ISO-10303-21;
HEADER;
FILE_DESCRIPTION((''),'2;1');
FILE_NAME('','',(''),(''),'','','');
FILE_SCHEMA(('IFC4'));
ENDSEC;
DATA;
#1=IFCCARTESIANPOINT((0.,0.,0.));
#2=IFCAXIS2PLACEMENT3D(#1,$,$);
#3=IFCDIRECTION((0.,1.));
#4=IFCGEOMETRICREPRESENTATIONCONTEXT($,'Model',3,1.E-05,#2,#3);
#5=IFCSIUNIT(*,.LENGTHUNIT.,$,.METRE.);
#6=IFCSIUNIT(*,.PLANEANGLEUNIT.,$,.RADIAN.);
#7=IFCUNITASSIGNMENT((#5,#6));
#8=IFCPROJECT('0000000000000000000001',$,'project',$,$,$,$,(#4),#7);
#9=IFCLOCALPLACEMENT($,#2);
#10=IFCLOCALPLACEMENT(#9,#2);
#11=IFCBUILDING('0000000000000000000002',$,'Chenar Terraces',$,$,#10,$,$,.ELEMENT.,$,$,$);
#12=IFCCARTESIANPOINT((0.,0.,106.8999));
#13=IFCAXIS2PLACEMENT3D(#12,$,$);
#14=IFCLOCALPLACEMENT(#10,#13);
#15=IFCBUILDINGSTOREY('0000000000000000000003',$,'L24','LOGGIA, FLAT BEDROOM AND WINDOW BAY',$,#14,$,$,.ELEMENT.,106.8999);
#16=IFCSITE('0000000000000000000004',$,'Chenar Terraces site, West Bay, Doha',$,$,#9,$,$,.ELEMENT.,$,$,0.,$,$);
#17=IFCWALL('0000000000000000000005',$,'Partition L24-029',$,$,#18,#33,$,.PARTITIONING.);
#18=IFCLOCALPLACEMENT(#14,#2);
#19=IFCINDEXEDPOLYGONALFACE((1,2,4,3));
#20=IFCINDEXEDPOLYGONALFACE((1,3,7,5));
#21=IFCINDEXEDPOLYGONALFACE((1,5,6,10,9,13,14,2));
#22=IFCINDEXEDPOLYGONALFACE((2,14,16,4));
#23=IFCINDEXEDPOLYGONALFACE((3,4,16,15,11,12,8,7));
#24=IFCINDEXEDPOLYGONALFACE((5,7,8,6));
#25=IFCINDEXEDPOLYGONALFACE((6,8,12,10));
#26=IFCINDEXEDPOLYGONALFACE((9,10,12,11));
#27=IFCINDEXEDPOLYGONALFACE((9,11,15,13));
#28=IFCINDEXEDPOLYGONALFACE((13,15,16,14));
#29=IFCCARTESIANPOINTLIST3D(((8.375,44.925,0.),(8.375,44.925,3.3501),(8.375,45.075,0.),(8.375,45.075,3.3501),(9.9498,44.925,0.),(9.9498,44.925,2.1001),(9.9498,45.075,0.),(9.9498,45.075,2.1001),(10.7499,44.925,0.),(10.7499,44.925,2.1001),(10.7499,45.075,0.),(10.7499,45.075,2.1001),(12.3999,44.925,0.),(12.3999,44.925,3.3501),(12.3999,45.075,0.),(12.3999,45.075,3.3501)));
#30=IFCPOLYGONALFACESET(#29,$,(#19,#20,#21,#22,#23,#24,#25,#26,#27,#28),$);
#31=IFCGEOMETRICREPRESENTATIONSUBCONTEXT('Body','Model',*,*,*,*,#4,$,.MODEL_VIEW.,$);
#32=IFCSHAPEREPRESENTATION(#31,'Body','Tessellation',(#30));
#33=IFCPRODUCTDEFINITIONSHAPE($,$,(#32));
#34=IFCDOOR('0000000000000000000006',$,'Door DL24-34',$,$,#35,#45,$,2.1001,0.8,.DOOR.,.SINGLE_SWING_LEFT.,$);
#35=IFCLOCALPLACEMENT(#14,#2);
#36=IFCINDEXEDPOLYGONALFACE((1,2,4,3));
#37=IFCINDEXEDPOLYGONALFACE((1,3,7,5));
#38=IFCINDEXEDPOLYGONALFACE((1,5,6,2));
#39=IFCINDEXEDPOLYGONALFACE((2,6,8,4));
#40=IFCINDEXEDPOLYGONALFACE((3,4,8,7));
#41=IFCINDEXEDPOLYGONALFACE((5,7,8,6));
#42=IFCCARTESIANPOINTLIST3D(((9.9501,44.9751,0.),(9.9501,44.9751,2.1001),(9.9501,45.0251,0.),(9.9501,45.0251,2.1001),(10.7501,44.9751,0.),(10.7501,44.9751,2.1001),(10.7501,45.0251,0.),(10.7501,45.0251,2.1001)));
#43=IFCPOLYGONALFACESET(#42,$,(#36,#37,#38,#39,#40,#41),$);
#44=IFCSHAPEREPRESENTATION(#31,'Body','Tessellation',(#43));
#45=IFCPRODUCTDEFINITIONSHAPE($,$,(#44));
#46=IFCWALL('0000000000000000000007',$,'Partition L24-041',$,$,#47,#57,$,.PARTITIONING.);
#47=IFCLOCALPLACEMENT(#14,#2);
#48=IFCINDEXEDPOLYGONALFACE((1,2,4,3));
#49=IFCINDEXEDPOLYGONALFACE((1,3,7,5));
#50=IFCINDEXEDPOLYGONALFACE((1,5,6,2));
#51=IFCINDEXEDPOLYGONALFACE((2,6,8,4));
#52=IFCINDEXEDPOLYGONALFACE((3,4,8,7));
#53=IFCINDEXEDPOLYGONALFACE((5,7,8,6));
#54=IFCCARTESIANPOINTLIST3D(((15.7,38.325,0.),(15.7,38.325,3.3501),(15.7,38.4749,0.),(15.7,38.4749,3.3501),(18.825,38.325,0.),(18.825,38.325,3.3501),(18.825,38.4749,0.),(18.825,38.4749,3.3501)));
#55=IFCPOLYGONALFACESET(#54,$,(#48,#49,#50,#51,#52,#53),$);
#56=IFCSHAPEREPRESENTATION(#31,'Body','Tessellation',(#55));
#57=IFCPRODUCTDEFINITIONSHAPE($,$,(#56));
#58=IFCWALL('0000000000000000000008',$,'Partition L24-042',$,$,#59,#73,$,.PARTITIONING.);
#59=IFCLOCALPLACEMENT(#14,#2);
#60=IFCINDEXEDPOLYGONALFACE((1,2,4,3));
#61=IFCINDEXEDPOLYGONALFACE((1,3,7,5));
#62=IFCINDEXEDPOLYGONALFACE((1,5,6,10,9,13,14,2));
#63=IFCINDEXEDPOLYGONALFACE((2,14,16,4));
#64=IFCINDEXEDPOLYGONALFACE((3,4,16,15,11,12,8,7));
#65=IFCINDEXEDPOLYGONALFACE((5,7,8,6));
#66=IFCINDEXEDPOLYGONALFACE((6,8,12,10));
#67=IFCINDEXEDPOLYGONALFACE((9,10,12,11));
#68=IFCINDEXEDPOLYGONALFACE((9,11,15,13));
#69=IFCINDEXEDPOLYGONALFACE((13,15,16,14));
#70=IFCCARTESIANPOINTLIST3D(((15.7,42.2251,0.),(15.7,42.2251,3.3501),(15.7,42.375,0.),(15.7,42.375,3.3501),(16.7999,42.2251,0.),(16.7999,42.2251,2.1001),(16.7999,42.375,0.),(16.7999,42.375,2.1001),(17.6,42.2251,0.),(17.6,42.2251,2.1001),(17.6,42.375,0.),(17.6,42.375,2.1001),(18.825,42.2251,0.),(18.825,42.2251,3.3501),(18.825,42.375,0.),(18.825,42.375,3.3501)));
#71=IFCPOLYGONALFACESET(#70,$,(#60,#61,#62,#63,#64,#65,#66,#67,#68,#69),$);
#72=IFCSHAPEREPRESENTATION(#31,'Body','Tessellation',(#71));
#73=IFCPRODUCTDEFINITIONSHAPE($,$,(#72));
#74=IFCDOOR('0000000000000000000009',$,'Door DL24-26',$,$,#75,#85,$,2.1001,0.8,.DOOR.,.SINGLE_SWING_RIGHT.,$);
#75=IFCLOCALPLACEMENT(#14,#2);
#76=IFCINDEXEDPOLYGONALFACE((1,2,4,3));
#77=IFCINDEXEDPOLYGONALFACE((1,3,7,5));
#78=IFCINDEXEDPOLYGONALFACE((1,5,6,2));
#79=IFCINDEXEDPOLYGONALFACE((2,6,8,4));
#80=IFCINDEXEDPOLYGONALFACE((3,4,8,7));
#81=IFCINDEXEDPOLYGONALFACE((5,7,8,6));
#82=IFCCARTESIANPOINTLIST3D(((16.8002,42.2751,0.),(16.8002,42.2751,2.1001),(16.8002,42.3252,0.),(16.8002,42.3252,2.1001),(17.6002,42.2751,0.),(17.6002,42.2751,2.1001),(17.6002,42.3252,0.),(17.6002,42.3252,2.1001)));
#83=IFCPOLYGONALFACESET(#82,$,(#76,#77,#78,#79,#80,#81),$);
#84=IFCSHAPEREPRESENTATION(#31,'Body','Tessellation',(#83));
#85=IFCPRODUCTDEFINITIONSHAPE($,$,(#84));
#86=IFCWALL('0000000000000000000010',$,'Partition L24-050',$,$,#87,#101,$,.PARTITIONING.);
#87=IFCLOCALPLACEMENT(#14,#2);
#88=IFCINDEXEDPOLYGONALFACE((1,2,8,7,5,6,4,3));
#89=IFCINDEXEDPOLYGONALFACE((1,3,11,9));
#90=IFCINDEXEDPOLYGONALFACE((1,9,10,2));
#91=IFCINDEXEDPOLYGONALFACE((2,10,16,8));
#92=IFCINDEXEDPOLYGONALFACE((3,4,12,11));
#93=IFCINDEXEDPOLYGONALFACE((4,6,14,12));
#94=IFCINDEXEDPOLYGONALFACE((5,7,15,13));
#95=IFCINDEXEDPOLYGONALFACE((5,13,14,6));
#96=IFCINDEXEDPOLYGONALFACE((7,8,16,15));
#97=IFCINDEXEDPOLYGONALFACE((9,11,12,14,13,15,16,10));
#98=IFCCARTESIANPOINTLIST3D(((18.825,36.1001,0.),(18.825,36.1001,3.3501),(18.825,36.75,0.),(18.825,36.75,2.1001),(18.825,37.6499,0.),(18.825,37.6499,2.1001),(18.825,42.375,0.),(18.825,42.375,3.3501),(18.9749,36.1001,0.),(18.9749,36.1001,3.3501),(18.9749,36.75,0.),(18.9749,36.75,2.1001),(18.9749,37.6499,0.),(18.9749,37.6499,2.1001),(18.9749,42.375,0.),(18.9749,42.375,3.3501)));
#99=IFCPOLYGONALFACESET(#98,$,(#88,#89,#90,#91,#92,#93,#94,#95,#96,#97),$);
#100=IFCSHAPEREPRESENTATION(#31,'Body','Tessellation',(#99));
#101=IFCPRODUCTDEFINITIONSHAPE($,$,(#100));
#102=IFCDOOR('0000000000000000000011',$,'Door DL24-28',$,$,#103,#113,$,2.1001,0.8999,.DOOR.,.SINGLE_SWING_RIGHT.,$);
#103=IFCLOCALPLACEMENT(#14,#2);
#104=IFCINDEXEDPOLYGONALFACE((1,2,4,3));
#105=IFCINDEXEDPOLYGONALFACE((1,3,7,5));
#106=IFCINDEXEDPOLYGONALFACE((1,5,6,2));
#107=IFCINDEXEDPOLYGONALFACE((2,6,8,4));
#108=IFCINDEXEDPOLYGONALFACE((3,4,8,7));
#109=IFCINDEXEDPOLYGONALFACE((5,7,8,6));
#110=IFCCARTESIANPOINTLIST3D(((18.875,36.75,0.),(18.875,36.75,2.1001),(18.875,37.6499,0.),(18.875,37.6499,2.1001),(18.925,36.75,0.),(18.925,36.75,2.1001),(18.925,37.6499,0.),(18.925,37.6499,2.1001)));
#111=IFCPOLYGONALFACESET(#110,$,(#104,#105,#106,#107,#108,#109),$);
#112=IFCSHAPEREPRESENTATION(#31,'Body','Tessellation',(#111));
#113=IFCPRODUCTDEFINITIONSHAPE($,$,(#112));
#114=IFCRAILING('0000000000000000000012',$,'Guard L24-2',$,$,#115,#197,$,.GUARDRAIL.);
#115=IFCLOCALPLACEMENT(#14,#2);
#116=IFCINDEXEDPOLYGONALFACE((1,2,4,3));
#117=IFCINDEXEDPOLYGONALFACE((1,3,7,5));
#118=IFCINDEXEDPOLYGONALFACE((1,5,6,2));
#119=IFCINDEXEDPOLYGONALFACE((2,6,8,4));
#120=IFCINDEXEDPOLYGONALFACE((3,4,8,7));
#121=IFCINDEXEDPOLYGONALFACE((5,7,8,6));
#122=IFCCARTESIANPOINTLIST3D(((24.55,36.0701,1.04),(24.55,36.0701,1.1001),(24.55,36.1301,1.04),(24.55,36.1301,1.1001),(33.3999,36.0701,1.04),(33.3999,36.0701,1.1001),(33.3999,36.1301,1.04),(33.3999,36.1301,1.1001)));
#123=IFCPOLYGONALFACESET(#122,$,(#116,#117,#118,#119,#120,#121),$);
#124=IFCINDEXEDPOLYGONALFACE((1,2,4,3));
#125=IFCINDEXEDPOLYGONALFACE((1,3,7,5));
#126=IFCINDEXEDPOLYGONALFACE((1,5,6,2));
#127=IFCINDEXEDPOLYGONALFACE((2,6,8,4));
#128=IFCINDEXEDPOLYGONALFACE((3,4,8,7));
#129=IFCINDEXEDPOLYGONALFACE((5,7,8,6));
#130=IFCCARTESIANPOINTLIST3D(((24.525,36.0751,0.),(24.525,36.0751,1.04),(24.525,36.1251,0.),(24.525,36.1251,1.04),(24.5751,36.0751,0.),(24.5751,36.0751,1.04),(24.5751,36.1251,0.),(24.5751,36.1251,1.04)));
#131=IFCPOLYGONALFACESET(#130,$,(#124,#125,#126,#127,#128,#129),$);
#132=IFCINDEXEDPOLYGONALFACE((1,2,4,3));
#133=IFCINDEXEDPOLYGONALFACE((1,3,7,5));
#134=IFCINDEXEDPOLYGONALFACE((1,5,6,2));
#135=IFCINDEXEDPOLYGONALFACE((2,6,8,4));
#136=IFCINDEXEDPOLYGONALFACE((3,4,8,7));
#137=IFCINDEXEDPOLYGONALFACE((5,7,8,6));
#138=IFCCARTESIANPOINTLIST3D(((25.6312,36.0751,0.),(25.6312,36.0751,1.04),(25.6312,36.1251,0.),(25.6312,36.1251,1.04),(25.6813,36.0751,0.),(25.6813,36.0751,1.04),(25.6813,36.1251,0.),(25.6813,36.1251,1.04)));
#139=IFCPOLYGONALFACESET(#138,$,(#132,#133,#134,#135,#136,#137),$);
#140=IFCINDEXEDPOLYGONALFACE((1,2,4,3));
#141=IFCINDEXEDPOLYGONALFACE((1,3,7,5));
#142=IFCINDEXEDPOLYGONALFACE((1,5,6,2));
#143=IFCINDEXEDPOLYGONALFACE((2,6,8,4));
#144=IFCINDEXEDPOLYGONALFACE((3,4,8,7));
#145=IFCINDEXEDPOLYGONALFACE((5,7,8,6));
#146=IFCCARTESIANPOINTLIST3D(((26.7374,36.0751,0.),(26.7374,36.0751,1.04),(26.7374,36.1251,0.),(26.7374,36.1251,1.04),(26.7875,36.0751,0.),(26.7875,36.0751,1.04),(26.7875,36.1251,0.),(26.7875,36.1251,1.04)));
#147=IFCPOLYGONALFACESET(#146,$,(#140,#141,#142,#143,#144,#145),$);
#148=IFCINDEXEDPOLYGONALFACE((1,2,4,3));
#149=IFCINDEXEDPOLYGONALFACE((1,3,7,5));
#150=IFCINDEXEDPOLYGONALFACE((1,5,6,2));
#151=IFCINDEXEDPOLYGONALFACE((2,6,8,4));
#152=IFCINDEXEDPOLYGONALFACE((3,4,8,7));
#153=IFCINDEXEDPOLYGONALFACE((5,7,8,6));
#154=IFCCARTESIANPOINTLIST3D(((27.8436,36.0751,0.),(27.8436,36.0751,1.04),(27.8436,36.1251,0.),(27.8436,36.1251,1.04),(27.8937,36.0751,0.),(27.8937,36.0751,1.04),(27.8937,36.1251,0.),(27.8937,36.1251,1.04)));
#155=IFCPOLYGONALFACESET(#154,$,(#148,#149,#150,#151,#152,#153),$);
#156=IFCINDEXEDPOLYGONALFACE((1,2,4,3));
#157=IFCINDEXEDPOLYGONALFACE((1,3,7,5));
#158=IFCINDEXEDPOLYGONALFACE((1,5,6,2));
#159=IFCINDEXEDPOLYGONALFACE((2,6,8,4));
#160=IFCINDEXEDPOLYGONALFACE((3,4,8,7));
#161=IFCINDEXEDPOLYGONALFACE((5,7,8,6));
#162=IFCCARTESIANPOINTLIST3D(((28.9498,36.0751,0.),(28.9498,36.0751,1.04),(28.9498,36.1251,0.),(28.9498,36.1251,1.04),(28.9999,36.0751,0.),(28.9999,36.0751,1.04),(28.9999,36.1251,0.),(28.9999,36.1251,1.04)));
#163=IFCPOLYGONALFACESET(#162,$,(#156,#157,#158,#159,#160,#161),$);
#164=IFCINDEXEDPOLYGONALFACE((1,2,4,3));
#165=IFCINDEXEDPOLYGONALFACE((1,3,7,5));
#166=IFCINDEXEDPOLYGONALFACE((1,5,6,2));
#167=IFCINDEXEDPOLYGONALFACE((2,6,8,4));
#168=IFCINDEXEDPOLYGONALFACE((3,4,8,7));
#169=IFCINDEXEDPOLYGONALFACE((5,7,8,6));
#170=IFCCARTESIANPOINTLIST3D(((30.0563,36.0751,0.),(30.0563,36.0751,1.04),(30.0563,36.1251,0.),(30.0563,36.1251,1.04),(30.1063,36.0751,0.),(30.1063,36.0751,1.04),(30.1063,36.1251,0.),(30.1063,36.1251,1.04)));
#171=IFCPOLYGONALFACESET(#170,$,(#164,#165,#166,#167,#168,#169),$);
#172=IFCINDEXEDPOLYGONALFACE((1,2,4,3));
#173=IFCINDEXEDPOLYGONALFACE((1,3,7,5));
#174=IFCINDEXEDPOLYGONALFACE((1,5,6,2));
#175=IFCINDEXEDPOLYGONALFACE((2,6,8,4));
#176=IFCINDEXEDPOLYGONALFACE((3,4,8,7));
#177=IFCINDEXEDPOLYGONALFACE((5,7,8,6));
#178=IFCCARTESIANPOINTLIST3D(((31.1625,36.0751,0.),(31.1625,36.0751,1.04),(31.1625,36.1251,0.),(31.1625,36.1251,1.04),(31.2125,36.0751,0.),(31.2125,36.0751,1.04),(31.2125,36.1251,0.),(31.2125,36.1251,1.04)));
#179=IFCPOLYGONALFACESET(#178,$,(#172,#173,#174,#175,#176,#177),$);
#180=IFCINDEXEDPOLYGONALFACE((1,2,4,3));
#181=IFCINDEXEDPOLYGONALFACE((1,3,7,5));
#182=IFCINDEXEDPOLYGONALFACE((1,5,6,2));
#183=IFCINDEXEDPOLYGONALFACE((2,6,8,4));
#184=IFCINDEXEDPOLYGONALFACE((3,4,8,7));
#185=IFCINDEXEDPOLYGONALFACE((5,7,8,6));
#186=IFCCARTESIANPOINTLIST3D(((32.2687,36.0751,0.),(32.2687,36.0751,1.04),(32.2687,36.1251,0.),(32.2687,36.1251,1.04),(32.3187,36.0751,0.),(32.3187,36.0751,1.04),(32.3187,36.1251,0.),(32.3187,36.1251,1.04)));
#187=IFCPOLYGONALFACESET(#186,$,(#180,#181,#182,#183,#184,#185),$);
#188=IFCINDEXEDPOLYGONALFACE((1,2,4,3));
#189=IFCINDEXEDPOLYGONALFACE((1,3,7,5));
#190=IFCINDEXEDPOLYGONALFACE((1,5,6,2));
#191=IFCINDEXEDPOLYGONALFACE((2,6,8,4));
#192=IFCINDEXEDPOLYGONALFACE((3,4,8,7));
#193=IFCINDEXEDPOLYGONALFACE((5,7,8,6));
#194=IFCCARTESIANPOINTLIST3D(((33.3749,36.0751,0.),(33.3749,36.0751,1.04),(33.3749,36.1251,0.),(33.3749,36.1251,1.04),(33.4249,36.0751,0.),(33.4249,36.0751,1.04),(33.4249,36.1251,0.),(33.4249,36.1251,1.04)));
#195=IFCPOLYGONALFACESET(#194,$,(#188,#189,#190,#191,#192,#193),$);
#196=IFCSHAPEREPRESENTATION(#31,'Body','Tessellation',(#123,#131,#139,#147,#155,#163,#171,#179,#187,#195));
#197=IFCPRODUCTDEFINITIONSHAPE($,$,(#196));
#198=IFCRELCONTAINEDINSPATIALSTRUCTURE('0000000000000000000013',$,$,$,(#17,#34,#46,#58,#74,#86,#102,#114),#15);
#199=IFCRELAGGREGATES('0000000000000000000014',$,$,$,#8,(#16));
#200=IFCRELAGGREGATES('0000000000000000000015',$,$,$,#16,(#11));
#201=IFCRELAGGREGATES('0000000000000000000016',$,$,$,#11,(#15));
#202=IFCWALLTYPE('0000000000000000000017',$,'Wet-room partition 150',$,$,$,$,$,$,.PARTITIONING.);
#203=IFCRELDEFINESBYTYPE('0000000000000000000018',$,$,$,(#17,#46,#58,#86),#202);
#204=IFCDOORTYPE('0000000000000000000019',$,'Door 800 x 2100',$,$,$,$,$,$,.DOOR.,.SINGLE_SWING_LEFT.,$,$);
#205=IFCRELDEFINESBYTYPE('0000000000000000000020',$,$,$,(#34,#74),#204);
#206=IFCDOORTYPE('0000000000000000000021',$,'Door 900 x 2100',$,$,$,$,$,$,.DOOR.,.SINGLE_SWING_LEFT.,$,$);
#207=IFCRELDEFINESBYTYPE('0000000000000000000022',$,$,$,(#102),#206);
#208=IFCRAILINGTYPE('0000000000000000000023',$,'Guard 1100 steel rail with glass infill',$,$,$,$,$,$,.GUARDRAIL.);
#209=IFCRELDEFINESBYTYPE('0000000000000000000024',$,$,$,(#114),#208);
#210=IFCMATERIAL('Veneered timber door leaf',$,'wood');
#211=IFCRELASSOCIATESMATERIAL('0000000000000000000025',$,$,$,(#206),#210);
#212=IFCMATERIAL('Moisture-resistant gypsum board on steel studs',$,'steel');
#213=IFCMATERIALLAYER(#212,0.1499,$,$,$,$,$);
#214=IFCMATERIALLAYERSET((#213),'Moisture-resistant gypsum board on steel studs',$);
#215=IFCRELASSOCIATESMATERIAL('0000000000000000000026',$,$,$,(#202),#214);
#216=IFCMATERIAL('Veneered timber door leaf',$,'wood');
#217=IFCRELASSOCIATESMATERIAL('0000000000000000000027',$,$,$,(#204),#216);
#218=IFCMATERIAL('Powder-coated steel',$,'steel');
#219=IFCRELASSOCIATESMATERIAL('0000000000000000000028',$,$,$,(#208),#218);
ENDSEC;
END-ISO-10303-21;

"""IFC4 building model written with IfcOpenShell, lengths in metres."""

from ifc_helpers import new_model, si_unit, direction, frame, frame_2d, origin, origin_2d, place, context, subcontext, project, spatial, rectangle, extrude, material, layer, layer_set, type_object, element, fill, save


model = new_model("IFC4")

# Units and contexts
model_context = context("Model", 3, precision=1e-05, world=origin(), true_north=direction((0.0, 1.0)))
body_context = subcontext(model_context, "Body", "Model", "MODEL_VIEW")
ifc_project = project(units=[si_unit("LENGTHUNIT", "METRE"), si_unit("PLANEANGLEUNIT", "RADIAN")], contexts=[model_context])

# Site, building, storey
site_placement = place(None, origin())
site = spatial("IfcSite", under=ifc_project, at=site_placement, Name="Chenar Terraces site, West Bay, Doha", CompositionType="ELEMENT", RefElevation=0.0)
building_placement = place(site_placement, origin())
building = spatial("IfcBuilding", under=site, at=building_placement, Name="Chenar Terraces", CompositionType="ELEMENT")
storey_placement = place(building_placement, frame((0.0, 0.0, 106.8999)))
storey = spatial("IfcBuildingStorey", under=building, at=storey_placement, Name="L24", Description="LOGGIA, FLAT BEDROOM AND WINDOW BAY", CompositionType="ELEMENT", Elevation=106.8999)

# Shared definitions
ifc_material_1 = material(Name="Veneered timber door leaf", Category="wood")
door_type_1 = type_object("IfcDoorType", Name="Door 900 x 2100", OperationType="SINGLE_SWING_LEFT", PredefinedType="DOOR", material=ifc_material_1)

# Shared definitions
ifc_material_2 = material(Name="Moisture-resistant gypsum board on steel studs", Category="steel")
ifc_layer_1 = layer(ifc_material_2, 0.1499)
ifc_layer_set_1 = layer_set([ifc_layer_1], Name="Moisture-resistant gypsum board on steel studs")
wall_type_1 = type_object("IfcWallType", Name="Wet-room partition 150", PredefinedType="PARTITIONING", material=ifc_layer_set_1)

# Wall, opening, door
wall_1_placement = place(storey_placement, frame((8.375, 45.0, 0.0), z_axis=(0.0, 0.0, 1.0), x_axis=(1.0, 0.0, 0.0)))
wall_1 = element("IfcWall", 1, at=wall_1_placement, inside=storey, type_object=wall_type_1, Name="Partition L24-029", PredefinedType="PARTITIONING", context=body_context, shape_type="SweptSolid", body=[
    extrude(rectangle(XDim=4.0249, YDim=0.1499, at=frame_2d((2.0125, 0.0))), origin(), (0.0, 0.0, 1.0), 3.3501),
])
opening_1_placement = place(wall_1_placement, frame((1.575, 0.0, 0.0)))
opening_1 = element("IfcOpeningElement", 2, at=opening_1_placement, cuts=wall_1, PredefinedType="OPENING", context=body_context, shape_type="SweptSolid", body=[
    extrude(rectangle(XDim=0.8, YDim=2.1001, at=frame_2d((0.3999, 1.05))), frame((0.0, 0.085, 0.0), z_axis=(0.0, -1.0, 0.0), x_axis=(1.0, 0.0, 0.0)), (0.0, 0.0, 1.0), 0.1699),
])
ifc_material_3 = material(Name="Veneered timber door leaf", Category="wood")
door_type_2 = type_object("IfcDoorType", Name="Door 800 x 2100", OperationType="SINGLE_SWING_LEFT", PredefinedType="DOOR", material=ifc_material_3)
door_1_placement = place(opening_1_placement, frame((0.8, 0.0, 0.0), z_axis=(0.0, 0.0, 1.0), x_axis=(-1.0, 0.0, 0.0)))
door_1 = element("IfcDoor", 3, at=door_1_placement, inside=storey, type_object=door_type_2, Name="Door DL24-34", OperationType="SINGLE_SWING_LEFT", OverallHeight=2.1001, OverallWidth=0.8, PredefinedType="DOOR", context=body_context, shape_type="SweptSolid", body=[
    extrude(rectangle(XDim=0.8, YDim=2.1001, at=frame_2d((0.3999, 1.05))), frame((0.0, 0.0249, 0.0), z_axis=(0.0, -1.0, 0.0), x_axis=(1.0, 0.0, 0.0)), (0.0, 0.0, 1.0), 0.05),
])
fill(opening_1, door_1)

# Wall
wall_2_placement = place(storey_placement, frame((15.7, 38.3999, 0.0), z_axis=(0.0, 0.0, 1.0), x_axis=(1.0, 0.0, 0.0)))
element("IfcWall", 4, at=wall_2_placement, inside=storey, type_object=wall_type_1, Name="Partition L24-041", PredefinedType="PARTITIONING", context=body_context, shape_type="SweptSolid", body=[
    extrude(rectangle(XDim=3.125, YDim=0.1499, at=frame_2d((1.5625, 0.0))), origin(), (0.0, 0.0, 1.0), 3.3501),
])

# Walls, openings, doors
wall_3_placement = place(storey_placement, frame((15.7, 42.3, 0.0), z_axis=(0.0, 0.0, 1.0), x_axis=(1.0, 0.0, 0.0)))
wall_3 = element("IfcWall", 5, at=wall_3_placement, inside=storey, type_object=wall_type_1, Name="Partition L24-042", PredefinedType="PARTITIONING", context=body_context, shape_type="SweptSolid", body=[
    extrude(rectangle(XDim=3.125, YDim=0.1499, at=frame_2d((1.5625, 0.0))), origin(), (0.0, 0.0, 1.0), 3.3501),
])
opening_2_placement = place(wall_3_placement, frame((1.1001, 0.0, 0.0)))
opening_2 = element("IfcOpeningElement", 6, at=opening_2_placement, cuts=wall_3, PredefinedType="OPENING", context=body_context, shape_type="SweptSolid", body=[
    extrude(rectangle(XDim=0.8, YDim=2.1001, at=frame_2d((0.3999, 1.05))), frame((0.0, 0.085, 0.0), z_axis=(0.0, -1.0, 0.0), x_axis=(1.0, 0.0, 0.0)), (0.0, 0.0, 1.0), 0.1699),
])
door_2_placement = place(opening_2_placement, frame((0.8, 0.0, 0.0), z_axis=(0.0, 0.0, 1.0), x_axis=(-1.0, 0.0, 0.0)))
door_2 = element("IfcDoor", 7, at=door_2_placement, inside=storey, type_object=door_type_2, Name="Door DL24-26", OperationType="SINGLE_SWING_RIGHT", OverallHeight=2.1001, OverallWidth=0.8, PredefinedType="DOOR", context=body_context, shape_type="SweptSolid", body=[
    extrude(rectangle(XDim=0.8, YDim=2.1001, at=frame_2d((0.3999, 1.05))), frame((0.0, 0.0249, 0.0), z_axis=(0.0, -1.0, 0.0), x_axis=(1.0, 0.0, 0.0)), (0.0, 0.0, 1.0), 0.05),
])
fill(opening_2, door_2)
wall_4_placement = place(storey_placement, frame((18.8999, 36.1001, 0.0), z_axis=(0.0, 0.0, 1.0), x_axis=(0.0, 1.0, 0.0)))
wall_4 = element("IfcWall", 8, at=wall_4_placement, inside=storey, type_object=wall_type_1, Name="Partition L24-050", PredefinedType="PARTITIONING", context=body_context, shape_type="SweptSolid", body=[
    extrude(rectangle(XDim=6.2749, YDim=0.1499, at=frame_2d((3.1375, 0.0))), origin(), (0.0, 0.0, 1.0), 3.3501),
])
opening_3_placement = place(wall_4_placement, frame((0.6499, 0.0, 0.0)))
opening_3 = element("IfcOpeningElement", 9, at=opening_3_placement, cuts=wall_4, PredefinedType="OPENING", context=body_context, shape_type="SweptSolid", body=[
    extrude(rectangle(XDim=0.8999, YDim=2.1001, at=frame_2d((0.45, 1.05))), frame((0.0, 0.085, 0.0), z_axis=(0.0, -1.0, 0.0), x_axis=(1.0, 0.0, 0.0)), (0.0, 0.0, 1.0), 0.1699),
])
door_3_placement = place(opening_3_placement, origin())
door_3 = element("IfcDoor", 10, at=door_3_placement, inside=storey, type_object=door_type_1, Name="Door DL24-28", OperationType="SINGLE_SWING_RIGHT", OverallHeight=2.1001, OverallWidth=0.8999, PredefinedType="DOOR", context=body_context, shape_type="SweptSolid", body=[
    extrude(rectangle(XDim=0.8999, YDim=2.1001, at=frame_2d((0.45, 1.05))), frame((0.0, 0.0249, 0.0), z_axis=(0.0, -1.0, 0.0), x_axis=(1.0, 0.0, 0.0)), (0.0, 0.0, 1.0), 0.05),
])
fill(opening_3, door_3)

# Railing
ifc_material_4 = material(Name="Powder-coated steel", Category="steel")
railing_type_1 = type_object("IfcRailingType", Name="Guard 1100 steel rail with glass infill", PredefinedType="GUARDRAIL", material=ifc_material_4)
railing_1_placement = place(storey_placement, frame((24.55, 36.1001, 0.0)))
element("IfcRailing", 11, at=railing_1_placement, inside=storey, type_object=railing_type_1, Name="Guard L24-2", PredefinedType="GUARDRAIL", context=body_context, shape_type="SweptSolid", body=[
    extrude(rectangle(XDim=0.0601, YDim=0.0601, at=origin_2d()), frame((0.0, 0.0, 1.0701), z_axis=(1.0, 0.0, 0.0), x_axis=(0.0, 1.0, 0.0)), (0.0, 0.0, 1.0), 8.8499),
    extrude(rectangle(XDim=0.05, YDim=0.05, at=origin_2d()), origin(), (0.0, 0.0, 1.0), 1.04),
    extrude(rectangle(XDim=0.05, YDim=0.05, at=origin_2d()), frame((1.1062, 0.0, 0.0)), (0.0, 0.0, 1.0), 1.04),
    extrude(rectangle(XDim=0.05, YDim=0.05, at=origin_2d()), frame((2.2124, 0.0, 0.0)), (0.0, 0.0, 1.0), 1.04),
    extrude(rectangle(XDim=0.05, YDim=0.05, at=origin_2d()), frame((3.3186, 0.0, 0.0)), (0.0, 0.0, 1.0), 1.04),
    extrude(rectangle(XDim=0.05, YDim=0.05, at=origin_2d()), frame((4.4248, 0.0, 0.0)), (0.0, 0.0, 1.0), 1.04),
    extrude(rectangle(XDim=0.05, YDim=0.05, at=origin_2d()), frame((5.5312, 0.0, 0.0)), (0.0, 0.0, 1.0), 1.04),
    extrude(rectangle(XDim=0.05, YDim=0.05, at=origin_2d()), frame((6.6375, 0.0, 0.0)), (0.0, 0.0, 1.0), 1.04),
    extrude(rectangle(XDim=0.05, YDim=0.05, at=origin_2d()), frame((7.7437, 0.0, 0.0)), (0.0, 0.0, 1.0), 1.04),
    extrude(rectangle(XDim=0.05, YDim=0.05, at=origin_2d()), frame((8.8499, 0.0, 0.0)), (0.0, 0.0, 1.0), 1.04),
])

save(model, "model.ifc")
